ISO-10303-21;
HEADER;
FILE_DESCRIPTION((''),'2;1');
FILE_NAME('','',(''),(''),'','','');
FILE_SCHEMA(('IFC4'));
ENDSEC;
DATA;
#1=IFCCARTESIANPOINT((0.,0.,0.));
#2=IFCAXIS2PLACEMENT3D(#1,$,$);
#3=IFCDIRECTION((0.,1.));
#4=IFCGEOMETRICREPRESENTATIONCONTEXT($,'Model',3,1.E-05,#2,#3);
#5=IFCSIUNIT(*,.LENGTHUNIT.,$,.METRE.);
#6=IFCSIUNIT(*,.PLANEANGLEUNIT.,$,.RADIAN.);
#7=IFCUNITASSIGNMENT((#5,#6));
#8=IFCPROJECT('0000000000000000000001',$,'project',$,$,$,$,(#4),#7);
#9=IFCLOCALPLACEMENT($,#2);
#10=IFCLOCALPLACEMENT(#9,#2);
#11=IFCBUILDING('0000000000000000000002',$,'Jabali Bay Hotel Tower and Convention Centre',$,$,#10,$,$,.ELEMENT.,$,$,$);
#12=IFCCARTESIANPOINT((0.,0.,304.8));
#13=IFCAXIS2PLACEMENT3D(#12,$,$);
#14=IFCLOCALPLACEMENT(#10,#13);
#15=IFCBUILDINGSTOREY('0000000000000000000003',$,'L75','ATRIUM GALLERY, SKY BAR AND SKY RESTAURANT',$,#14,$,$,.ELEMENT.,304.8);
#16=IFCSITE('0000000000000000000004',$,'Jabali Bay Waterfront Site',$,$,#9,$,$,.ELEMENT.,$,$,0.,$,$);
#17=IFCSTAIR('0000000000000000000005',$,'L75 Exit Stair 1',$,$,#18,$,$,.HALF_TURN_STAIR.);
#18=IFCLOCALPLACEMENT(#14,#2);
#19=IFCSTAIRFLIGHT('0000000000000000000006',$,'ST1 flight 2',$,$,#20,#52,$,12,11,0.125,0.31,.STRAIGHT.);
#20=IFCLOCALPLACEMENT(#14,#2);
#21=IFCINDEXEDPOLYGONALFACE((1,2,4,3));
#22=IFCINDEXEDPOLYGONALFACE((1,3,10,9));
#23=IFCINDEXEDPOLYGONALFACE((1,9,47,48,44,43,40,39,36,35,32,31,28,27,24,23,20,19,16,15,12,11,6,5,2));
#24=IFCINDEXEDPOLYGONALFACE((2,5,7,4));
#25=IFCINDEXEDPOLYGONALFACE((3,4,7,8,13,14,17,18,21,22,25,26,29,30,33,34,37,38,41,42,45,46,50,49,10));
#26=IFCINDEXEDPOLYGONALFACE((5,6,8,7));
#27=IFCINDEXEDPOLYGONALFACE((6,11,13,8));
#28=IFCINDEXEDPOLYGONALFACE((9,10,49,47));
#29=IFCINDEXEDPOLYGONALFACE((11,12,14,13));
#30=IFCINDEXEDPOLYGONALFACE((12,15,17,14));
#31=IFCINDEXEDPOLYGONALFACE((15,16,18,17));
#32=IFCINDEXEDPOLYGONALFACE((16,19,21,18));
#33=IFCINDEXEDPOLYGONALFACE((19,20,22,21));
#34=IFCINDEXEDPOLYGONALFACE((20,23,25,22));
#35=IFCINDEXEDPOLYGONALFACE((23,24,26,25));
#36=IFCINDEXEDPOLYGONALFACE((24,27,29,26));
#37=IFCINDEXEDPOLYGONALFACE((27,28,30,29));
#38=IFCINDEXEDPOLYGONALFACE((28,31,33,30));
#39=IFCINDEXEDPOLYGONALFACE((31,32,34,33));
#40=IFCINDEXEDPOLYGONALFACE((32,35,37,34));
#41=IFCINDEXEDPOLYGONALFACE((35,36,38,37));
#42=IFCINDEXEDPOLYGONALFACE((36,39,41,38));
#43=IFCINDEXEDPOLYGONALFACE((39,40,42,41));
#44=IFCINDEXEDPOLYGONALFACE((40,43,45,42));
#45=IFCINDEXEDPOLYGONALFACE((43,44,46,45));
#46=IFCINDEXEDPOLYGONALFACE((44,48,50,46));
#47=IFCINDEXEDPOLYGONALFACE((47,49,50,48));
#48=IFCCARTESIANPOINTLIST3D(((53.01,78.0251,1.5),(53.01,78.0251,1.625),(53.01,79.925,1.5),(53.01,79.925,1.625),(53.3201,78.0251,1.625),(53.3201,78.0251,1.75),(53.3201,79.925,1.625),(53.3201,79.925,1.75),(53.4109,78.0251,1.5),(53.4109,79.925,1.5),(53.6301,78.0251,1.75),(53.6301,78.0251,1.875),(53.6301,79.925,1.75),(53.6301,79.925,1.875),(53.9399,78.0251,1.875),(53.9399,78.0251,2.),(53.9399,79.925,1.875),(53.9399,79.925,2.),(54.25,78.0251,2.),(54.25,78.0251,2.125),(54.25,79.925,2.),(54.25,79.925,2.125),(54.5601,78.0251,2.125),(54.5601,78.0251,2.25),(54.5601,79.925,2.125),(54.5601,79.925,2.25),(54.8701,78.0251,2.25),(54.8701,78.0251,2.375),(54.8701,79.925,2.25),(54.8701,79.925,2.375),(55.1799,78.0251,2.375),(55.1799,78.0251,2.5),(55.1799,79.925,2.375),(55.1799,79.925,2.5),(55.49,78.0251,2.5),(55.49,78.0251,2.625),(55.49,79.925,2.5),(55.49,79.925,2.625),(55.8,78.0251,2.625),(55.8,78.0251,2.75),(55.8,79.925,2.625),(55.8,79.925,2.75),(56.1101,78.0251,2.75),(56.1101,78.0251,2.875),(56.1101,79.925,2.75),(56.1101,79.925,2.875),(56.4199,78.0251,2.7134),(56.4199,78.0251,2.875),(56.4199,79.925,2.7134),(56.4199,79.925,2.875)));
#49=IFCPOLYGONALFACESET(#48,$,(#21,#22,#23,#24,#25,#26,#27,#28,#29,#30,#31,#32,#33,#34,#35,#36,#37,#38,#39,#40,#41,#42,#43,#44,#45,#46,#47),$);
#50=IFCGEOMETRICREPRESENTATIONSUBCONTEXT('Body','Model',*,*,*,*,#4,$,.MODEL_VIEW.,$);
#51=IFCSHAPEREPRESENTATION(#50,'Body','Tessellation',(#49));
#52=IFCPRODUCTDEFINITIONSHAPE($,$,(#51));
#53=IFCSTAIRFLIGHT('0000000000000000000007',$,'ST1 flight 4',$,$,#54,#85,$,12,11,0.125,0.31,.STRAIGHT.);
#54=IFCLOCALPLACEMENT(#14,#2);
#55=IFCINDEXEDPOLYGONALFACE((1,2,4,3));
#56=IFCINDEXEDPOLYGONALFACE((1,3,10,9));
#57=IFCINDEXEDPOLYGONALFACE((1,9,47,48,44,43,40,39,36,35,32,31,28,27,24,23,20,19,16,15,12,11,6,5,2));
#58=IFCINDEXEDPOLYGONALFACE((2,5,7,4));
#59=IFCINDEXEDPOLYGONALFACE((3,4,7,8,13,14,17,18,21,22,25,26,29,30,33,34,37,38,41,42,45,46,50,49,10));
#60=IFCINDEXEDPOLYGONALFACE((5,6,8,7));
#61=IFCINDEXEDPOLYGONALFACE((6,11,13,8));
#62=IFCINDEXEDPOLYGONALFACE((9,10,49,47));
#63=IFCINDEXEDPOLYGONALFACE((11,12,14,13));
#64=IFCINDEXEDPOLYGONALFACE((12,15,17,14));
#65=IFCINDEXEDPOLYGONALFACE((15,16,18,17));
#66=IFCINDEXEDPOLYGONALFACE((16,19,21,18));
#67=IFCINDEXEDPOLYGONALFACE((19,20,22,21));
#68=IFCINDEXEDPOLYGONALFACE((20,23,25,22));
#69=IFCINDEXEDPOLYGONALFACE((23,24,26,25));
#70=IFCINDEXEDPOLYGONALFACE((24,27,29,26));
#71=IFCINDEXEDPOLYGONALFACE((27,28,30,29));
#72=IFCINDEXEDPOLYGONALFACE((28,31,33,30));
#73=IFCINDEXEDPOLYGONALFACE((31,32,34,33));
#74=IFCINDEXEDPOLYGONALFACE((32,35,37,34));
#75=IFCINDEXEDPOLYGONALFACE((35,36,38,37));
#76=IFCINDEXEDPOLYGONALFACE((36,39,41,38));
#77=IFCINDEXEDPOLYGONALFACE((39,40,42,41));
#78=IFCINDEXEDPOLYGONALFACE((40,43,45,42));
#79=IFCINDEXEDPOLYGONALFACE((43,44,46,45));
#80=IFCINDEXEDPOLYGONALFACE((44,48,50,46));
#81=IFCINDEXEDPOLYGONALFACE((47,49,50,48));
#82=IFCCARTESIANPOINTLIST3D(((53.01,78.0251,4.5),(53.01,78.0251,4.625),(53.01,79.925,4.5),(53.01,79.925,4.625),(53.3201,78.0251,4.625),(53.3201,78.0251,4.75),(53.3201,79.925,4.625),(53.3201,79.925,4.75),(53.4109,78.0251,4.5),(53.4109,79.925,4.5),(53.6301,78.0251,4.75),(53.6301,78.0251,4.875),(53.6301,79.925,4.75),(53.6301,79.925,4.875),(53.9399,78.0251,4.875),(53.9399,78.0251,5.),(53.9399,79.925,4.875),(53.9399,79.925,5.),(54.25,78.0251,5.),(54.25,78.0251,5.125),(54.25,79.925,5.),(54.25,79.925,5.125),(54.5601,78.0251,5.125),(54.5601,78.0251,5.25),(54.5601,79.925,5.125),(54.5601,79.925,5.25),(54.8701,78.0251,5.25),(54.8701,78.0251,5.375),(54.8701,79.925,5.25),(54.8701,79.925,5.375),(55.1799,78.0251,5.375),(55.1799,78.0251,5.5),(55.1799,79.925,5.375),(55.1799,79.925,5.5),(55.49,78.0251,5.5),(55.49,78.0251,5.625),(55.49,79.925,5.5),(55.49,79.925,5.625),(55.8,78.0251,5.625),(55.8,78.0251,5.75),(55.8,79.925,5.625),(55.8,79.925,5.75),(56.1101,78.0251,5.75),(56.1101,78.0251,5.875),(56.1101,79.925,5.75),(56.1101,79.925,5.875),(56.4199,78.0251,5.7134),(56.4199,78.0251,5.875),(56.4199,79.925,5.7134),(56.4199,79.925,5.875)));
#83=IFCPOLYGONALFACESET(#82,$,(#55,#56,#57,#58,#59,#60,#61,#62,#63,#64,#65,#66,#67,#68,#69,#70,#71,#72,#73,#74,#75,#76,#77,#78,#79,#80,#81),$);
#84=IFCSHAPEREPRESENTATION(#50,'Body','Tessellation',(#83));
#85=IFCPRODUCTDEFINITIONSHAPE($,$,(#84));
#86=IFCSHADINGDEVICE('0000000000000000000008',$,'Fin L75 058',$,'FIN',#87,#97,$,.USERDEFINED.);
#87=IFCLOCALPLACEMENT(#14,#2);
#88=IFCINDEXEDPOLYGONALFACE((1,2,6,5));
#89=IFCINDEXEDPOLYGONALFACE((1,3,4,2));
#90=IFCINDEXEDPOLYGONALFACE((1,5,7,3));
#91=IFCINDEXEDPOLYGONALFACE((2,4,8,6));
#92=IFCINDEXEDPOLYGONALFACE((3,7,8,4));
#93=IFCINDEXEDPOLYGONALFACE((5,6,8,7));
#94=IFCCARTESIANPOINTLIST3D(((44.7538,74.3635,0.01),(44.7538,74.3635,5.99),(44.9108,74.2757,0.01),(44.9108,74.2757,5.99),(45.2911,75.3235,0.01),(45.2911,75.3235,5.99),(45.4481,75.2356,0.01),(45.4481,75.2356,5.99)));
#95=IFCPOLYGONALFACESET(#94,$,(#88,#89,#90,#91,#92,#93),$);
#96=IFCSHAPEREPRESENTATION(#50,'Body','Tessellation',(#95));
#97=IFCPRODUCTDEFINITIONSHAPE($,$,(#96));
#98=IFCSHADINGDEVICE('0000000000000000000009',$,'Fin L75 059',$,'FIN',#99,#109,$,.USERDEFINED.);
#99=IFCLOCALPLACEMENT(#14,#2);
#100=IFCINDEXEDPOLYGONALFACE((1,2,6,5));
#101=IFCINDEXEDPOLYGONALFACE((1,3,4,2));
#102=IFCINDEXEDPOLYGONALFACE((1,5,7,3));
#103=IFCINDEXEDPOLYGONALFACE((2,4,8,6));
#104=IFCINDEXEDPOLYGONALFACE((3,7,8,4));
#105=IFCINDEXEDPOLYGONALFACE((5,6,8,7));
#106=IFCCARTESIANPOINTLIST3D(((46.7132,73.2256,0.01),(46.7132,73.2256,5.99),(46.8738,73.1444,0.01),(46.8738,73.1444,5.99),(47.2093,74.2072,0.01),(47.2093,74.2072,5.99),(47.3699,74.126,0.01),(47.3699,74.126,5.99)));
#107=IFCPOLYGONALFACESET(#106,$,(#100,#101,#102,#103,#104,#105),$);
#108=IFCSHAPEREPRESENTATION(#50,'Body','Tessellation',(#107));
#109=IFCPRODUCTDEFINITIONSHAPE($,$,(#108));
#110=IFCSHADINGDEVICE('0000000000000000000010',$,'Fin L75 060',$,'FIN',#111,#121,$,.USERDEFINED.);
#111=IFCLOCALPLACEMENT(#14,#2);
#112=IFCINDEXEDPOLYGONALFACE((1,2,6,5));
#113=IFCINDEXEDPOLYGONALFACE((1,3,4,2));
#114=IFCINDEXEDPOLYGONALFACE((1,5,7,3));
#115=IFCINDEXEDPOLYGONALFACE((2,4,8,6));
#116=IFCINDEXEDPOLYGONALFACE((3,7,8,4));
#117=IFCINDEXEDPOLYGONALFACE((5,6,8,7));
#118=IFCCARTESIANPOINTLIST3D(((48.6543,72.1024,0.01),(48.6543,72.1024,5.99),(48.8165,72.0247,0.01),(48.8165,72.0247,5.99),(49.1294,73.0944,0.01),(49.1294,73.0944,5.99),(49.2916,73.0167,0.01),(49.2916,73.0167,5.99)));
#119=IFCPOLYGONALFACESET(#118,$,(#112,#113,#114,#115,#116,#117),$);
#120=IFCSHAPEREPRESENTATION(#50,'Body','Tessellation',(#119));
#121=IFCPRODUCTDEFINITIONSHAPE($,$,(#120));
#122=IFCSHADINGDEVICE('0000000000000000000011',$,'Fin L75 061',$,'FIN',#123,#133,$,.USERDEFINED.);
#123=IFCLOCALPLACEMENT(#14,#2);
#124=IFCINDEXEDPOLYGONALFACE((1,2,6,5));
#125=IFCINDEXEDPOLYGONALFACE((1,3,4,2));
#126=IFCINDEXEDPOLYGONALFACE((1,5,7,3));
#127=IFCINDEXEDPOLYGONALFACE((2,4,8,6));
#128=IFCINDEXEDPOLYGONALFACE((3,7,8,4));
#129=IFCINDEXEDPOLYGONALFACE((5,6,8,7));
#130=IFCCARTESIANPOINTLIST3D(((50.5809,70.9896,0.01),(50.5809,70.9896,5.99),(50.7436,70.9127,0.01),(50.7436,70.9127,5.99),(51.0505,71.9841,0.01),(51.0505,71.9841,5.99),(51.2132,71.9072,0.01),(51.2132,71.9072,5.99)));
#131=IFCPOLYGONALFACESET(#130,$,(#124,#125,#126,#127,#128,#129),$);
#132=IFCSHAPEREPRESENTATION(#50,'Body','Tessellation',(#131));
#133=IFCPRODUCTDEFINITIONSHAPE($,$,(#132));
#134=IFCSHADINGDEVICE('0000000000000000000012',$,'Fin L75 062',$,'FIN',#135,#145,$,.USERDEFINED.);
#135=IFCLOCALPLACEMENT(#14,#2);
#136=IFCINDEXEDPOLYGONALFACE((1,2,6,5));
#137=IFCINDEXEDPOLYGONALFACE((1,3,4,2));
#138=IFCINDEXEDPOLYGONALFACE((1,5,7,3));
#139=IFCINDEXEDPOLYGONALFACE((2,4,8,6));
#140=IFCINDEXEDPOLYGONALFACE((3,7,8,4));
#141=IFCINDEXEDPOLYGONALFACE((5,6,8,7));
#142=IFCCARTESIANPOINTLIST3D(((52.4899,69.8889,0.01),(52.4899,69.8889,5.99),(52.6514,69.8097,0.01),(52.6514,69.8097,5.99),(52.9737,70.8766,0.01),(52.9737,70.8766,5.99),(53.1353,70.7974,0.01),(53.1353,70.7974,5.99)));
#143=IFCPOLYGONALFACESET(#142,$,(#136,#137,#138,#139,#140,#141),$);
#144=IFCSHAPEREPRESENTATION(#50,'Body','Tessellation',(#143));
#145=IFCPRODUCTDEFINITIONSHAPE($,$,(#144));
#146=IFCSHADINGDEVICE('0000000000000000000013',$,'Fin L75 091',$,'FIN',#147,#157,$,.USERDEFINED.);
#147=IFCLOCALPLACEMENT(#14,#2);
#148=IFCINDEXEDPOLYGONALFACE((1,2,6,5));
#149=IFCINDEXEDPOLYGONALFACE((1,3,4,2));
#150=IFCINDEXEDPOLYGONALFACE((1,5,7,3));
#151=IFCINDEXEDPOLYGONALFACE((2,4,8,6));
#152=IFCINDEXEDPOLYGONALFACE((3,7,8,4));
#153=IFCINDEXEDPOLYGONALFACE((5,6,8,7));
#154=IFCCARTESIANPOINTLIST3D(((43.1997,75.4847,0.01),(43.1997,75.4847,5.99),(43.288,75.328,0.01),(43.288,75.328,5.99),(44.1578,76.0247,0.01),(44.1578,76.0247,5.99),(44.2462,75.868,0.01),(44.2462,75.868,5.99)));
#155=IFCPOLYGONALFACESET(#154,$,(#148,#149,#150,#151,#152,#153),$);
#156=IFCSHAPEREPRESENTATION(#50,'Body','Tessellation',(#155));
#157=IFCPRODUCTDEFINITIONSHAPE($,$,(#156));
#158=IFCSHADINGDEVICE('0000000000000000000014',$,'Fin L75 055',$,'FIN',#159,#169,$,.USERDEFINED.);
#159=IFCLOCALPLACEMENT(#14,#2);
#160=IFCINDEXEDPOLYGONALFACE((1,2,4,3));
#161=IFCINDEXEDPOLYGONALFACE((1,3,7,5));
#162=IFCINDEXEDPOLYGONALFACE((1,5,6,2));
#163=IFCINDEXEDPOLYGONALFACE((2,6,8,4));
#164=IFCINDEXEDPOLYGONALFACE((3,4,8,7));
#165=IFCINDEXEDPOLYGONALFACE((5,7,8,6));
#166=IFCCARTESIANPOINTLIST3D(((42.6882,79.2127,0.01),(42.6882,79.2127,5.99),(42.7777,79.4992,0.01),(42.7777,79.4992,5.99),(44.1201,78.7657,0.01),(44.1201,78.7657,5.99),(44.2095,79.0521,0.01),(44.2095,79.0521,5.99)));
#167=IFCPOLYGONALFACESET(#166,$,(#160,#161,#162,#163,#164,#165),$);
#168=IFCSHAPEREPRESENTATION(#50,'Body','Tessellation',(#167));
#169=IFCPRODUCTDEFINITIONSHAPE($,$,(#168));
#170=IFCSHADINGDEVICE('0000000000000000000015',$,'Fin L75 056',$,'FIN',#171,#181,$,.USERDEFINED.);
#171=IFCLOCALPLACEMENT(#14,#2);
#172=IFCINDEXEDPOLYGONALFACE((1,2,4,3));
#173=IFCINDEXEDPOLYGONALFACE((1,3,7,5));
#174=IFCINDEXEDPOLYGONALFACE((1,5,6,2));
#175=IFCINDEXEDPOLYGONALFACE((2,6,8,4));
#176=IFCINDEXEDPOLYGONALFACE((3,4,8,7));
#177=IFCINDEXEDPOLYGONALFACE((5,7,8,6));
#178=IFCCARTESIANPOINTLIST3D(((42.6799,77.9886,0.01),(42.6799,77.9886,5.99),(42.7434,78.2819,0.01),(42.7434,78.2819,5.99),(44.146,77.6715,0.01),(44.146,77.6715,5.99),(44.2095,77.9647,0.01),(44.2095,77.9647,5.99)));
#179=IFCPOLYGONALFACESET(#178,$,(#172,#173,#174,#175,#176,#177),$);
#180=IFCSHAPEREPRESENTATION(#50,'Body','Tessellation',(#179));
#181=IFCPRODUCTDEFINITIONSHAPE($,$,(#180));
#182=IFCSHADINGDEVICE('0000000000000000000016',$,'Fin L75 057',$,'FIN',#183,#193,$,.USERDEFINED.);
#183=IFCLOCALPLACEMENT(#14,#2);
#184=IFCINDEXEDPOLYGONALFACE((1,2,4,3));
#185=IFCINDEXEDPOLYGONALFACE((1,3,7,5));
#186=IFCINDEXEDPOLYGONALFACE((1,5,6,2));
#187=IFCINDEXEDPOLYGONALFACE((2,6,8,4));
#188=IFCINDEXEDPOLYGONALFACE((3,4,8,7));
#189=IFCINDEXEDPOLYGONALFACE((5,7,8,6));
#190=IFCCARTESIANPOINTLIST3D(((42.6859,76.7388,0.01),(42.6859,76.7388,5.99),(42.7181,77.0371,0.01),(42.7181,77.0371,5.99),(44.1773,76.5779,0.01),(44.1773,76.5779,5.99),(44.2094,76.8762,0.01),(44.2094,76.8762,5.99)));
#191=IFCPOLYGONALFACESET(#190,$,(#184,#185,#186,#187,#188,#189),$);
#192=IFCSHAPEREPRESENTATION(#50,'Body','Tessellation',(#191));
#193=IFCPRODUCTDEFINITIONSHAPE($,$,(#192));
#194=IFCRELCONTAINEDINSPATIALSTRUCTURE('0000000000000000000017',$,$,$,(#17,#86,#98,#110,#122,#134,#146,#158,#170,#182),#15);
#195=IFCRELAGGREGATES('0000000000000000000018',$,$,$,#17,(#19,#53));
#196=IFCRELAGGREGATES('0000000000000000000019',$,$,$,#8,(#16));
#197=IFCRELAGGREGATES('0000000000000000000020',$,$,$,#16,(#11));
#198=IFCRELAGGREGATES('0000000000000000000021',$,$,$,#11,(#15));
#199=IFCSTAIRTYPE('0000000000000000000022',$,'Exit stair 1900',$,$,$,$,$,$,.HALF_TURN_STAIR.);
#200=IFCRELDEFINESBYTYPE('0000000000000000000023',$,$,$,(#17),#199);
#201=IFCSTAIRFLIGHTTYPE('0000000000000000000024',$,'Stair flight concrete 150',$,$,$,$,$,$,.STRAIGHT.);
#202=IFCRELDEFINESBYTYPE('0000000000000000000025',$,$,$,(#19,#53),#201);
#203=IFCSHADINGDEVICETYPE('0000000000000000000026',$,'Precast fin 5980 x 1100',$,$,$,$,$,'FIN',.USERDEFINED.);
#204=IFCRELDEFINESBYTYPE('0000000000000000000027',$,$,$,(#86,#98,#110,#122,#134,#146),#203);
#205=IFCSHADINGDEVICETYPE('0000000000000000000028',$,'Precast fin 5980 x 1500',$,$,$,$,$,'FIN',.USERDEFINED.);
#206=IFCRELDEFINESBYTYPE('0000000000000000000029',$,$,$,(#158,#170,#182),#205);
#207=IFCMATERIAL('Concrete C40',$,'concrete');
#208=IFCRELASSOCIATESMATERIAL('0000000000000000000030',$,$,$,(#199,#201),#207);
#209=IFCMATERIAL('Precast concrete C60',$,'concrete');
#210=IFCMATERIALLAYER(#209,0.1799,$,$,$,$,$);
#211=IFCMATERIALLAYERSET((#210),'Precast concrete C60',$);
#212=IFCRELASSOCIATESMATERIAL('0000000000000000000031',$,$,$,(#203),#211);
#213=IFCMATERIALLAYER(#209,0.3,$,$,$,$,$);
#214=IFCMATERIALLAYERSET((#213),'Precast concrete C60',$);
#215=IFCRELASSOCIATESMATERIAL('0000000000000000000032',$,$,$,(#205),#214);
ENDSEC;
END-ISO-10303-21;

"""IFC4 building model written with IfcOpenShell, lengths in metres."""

from ifc_helpers import new_model, si_unit, direction, frame, frame_2d, origin, place, context, subcontext, project, spatial, polyline, rectangle, outline, extrude, material, layer, layer_set, type_object, element, aggregate, save


model = new_model("IFC4")

# Units and contexts
model_context = context("Model", 3, precision=1e-05, world=origin(), true_north=direction((0.0, 1.0)))
body_context = subcontext(model_context, "Body", "Model", "MODEL_VIEW")
ifc_project = project(units=[si_unit("LENGTHUNIT", "METRE"), si_unit("PLANEANGLEUNIT", "RADIAN")], contexts=[model_context])

# Site, building, storey
site_placement = place(None, origin())
site = spatial("IfcSite", under=ifc_project, at=site_placement, Name="Jabali Bay Waterfront Site", CompositionType="ELEMENT", RefElevation=0.0)
building_placement = place(site_placement, origin())
building = spatial("IfcBuilding", under=site, at=building_placement, Name="Jabali Bay Hotel Tower and Convention Centre", CompositionType="ELEMENT")
storey_placement = place(building_placement, frame((0.0, 0.0, 304.8)))
storey = spatial("IfcBuildingStorey", under=building, at=storey_placement, Name="L75", Description="ATRIUM GALLERY, SKY BAR AND SKY RESTAURANT", CompositionType="ELEMENT", Elevation=304.8)

# Shared definitions
ifc_material_1 = material(Name="Concrete C40", Category="concrete")

# Stair, stair flights
stair_type = type_object("IfcStairType", Name="Exit stair 1900", PredefinedType="HALF_TURN_STAIR", material=ifc_material_1)
stair_placement = place(storey_placement, origin())
stair = element("IfcStair", 1, at=stair_placement, inside=storey, type_object=stair_type, Name="L75 Exit Stair 1", PredefinedType="HALF_TURN_STAIR")
stair_flight_type = type_object("IfcStairFlightType", Name="Stair flight concrete 150", PredefinedType="STRAIGHT", material=ifc_material_1)
stair_flight_1_placement = place(storey_placement, frame((53.01, 78.9751, 1.5), z_axis=(0.0, 0.0, 1.0), x_axis=(1.0, 0.0, 0.0)))
stair_flight_1 = element("IfcStairFlight", 2, at=stair_flight_1_placement, type_object=stair_flight_type, Name="ST1 flight 2", NumberOfRisers=12, NumberOfTreads=11, PredefinedType="STRAIGHT", RiserHeight=0.125, TreadLength=0.31, context=body_context, shape_type="SweptSolid", body=[
    extrude(outline(polyline([(0.0, 0.0), (0.0, 0.125), (0.3101, 0.125), (0.3101, 0.25), (0.6201, 0.25), (0.6201, 0.375), (0.9299, 0.375), (0.9299, 0.5), (1.24, 0.5), (1.24, 0.625), (1.55, 0.625), (1.55, 0.75), (1.8601, 0.75), (1.8601, 0.875), (2.1699, 0.875), (2.1699, 1.0), (2.48, 1.0), (2.48, 1.125), (2.79, 1.125), (2.79, 1.25), (3.1001, 1.25), (3.1001, 1.375), (3.4099, 1.375), (3.4099, 1.5), (3.4099, 1.2134), (0.4009, 0.0), (0.0, 0.0)])), frame((0.0, 0.95, 0.0), z_axis=(0.0, -1.0, 0.0), x_axis=(1.0, 0.0, 0.0)), (0.0, 0.0, 1.0), 1.8999),
])
stair_flight_2_placement = place(storey_placement, frame((53.01, 78.9751, 4.5), z_axis=(0.0, 0.0, 1.0), x_axis=(1.0, 0.0, 0.0)))
stair_flight_2 = element("IfcStairFlight", 3, at=stair_flight_2_placement, type_object=stair_flight_type, Name="ST1 flight 4", NumberOfRisers=12, NumberOfTreads=11, PredefinedType="STRAIGHT", RiserHeight=0.125, TreadLength=0.31, context=body_context, shape_type="SweptSolid", body=[
    extrude(outline(polyline([(0.0, 0.0), (0.0, 0.125), (0.3101, 0.125), (0.3101, 0.25), (0.6201, 0.25), (0.6201, 0.375), (0.9299, 0.375), (0.9299, 0.5), (1.24, 0.5), (1.24, 0.625), (1.55, 0.625), (1.55, 0.75), (1.8601, 0.75), (1.8601, 0.875), (2.1699, 0.875), (2.1699, 1.0), (2.48, 1.0), (2.48, 1.125), (2.79, 1.125), (2.79, 1.25), (3.1001, 1.25), (3.1001, 1.375), (3.4099, 1.375), (3.4099, 1.5), (3.4099, 1.2134), (0.4009, 0.0), (0.0, 0.0)])), frame((0.0, 0.95, 0.0), z_axis=(0.0, -1.0, 0.0), x_axis=(1.0, 0.0, 0.0)), (0.0, 0.0, 1.0), 1.8999),
])
aggregate(stair, [stair_flight_1, stair_flight_2])

# Shading devices
ifc_material_2 = material(Name="Precast concrete C60", Category="concrete")
ifc_layer_1 = layer(ifc_material_2, 0.1799)
ifc_layer_set_1 = layer_set([ifc_layer_1], Name="Precast concrete C60")
shading_device_type_1 = type_object("IfcShadingDeviceType", Name="Precast fin 5980 x 1100", ElementType="FIN", PredefinedType="USERDEFINED", material=ifc_layer_set_1)
shading_device_placement = place(storey_placement, frame((45.3696, 75.2795, 0.01), z_axis=(0.0, 0.0, 1.0), x_axis=(-0.488448, -0.872593, 0.0)))
element("IfcShadingDevice", 4, at=shading_device_placement, inside=storey, type_object=shading_device_type_1, Name="Fin L75 058", ObjectType="FIN", PredefinedType="USERDEFINED", context=body_context, shape_type="SweptSolid", body=[
    extrude(rectangle(XDim=1.1001, YDim=0.1799, at=frame_2d((0.55, 0.0))), origin(), (0.0, 0.0, 1.0), 5.98),
])
for number, where, z_axis, x_axis, name in (
    (5, (47.2896, 74.1665, 0.01), (0.0, 0.0, 1.0), (-0.451027, -0.89251, 0.0), "Fin L75 059"),
    (6, (49.2104, 73.0554, 0.01), (0.0, 0.0, 1.0), (-0.431966, -0.90189, 0.0), "Fin L75 060"),
    (7, (51.1318, 71.9456, 0.01), (0.0, 0.0, 1.0), (-0.427037, -0.904234, 0.0), "Fin L75 061"),
    (8, (53.0544, 70.8369, 0.01), (0.0, 0.0, 1.0), (-0.439919, -0.898038, 0.0), "Fin L75 062"),
    (9, (44.2019, 75.9463, 0.01), (0.0, 0.0, 1.0), (-0.871178, -0.490967, 0.0), "Fin L75 091"),
):
    element("IfcShadingDevice", number, at=place(storey_placement, frame(where, z_axis=z_axis, x_axis=x_axis)), inside=storey, type_object=shading_device_type_1, Name=name, ObjectType="FIN", PredefinedType="USERDEFINED", context=body_context, shape_type="SweptSolid", body=[
        extrude(rectangle(XDim=1.0999, YDim=0.1799, at=frame_2d((0.5498, 0.0))), origin(), (0.0, 0.0, 1.0), 5.98),
    ])
ifc_layer_2 = layer(ifc_material_2, 0.3)
ifc_layer_set_2 = layer_set([ifc_layer_2], Name="Precast concrete C60")
shading_device_type_2 = type_object("IfcShadingDeviceType", Name="Precast fin 5980 x 1500", ElementType="FIN", PredefinedType="USERDEFINED", material=ifc_layer_set_2)
for number, where, z_axis, x_axis, name in (
    (10, (44.1648, 78.9089, 0.01), (0.0, 0.0, 1.0), (-0.954564, 0.298006, 0.0), "Fin L75 055"),
    (11, (44.1777, 77.8181, 0.01), (0.0, 0.0, 1.0), (-0.977393, 0.211429, 0.0), "Fin L75 056"),
    (12, (44.1934, 76.7271, 0.01), (0.0, 0.0, 1.0), (-0.994232, 0.107251, 0.0), "Fin L75 057"),
):
    element("IfcShadingDevice", number, at=place(storey_placement, frame(where, z_axis=z_axis, x_axis=x_axis)), inside=storey, type_object=shading_device_type_2, Name=name, ObjectType="FIN", PredefinedType="USERDEFINED", context=body_context, shape_type="SweptSolid", body=[
        extrude(rectangle(XDim=1.5, YDim=0.3, at=frame_2d((0.75, 0.0))), origin(), (0.0, 0.0, 1.0), 5.98),
    ])

save(model, "model.ifc")
